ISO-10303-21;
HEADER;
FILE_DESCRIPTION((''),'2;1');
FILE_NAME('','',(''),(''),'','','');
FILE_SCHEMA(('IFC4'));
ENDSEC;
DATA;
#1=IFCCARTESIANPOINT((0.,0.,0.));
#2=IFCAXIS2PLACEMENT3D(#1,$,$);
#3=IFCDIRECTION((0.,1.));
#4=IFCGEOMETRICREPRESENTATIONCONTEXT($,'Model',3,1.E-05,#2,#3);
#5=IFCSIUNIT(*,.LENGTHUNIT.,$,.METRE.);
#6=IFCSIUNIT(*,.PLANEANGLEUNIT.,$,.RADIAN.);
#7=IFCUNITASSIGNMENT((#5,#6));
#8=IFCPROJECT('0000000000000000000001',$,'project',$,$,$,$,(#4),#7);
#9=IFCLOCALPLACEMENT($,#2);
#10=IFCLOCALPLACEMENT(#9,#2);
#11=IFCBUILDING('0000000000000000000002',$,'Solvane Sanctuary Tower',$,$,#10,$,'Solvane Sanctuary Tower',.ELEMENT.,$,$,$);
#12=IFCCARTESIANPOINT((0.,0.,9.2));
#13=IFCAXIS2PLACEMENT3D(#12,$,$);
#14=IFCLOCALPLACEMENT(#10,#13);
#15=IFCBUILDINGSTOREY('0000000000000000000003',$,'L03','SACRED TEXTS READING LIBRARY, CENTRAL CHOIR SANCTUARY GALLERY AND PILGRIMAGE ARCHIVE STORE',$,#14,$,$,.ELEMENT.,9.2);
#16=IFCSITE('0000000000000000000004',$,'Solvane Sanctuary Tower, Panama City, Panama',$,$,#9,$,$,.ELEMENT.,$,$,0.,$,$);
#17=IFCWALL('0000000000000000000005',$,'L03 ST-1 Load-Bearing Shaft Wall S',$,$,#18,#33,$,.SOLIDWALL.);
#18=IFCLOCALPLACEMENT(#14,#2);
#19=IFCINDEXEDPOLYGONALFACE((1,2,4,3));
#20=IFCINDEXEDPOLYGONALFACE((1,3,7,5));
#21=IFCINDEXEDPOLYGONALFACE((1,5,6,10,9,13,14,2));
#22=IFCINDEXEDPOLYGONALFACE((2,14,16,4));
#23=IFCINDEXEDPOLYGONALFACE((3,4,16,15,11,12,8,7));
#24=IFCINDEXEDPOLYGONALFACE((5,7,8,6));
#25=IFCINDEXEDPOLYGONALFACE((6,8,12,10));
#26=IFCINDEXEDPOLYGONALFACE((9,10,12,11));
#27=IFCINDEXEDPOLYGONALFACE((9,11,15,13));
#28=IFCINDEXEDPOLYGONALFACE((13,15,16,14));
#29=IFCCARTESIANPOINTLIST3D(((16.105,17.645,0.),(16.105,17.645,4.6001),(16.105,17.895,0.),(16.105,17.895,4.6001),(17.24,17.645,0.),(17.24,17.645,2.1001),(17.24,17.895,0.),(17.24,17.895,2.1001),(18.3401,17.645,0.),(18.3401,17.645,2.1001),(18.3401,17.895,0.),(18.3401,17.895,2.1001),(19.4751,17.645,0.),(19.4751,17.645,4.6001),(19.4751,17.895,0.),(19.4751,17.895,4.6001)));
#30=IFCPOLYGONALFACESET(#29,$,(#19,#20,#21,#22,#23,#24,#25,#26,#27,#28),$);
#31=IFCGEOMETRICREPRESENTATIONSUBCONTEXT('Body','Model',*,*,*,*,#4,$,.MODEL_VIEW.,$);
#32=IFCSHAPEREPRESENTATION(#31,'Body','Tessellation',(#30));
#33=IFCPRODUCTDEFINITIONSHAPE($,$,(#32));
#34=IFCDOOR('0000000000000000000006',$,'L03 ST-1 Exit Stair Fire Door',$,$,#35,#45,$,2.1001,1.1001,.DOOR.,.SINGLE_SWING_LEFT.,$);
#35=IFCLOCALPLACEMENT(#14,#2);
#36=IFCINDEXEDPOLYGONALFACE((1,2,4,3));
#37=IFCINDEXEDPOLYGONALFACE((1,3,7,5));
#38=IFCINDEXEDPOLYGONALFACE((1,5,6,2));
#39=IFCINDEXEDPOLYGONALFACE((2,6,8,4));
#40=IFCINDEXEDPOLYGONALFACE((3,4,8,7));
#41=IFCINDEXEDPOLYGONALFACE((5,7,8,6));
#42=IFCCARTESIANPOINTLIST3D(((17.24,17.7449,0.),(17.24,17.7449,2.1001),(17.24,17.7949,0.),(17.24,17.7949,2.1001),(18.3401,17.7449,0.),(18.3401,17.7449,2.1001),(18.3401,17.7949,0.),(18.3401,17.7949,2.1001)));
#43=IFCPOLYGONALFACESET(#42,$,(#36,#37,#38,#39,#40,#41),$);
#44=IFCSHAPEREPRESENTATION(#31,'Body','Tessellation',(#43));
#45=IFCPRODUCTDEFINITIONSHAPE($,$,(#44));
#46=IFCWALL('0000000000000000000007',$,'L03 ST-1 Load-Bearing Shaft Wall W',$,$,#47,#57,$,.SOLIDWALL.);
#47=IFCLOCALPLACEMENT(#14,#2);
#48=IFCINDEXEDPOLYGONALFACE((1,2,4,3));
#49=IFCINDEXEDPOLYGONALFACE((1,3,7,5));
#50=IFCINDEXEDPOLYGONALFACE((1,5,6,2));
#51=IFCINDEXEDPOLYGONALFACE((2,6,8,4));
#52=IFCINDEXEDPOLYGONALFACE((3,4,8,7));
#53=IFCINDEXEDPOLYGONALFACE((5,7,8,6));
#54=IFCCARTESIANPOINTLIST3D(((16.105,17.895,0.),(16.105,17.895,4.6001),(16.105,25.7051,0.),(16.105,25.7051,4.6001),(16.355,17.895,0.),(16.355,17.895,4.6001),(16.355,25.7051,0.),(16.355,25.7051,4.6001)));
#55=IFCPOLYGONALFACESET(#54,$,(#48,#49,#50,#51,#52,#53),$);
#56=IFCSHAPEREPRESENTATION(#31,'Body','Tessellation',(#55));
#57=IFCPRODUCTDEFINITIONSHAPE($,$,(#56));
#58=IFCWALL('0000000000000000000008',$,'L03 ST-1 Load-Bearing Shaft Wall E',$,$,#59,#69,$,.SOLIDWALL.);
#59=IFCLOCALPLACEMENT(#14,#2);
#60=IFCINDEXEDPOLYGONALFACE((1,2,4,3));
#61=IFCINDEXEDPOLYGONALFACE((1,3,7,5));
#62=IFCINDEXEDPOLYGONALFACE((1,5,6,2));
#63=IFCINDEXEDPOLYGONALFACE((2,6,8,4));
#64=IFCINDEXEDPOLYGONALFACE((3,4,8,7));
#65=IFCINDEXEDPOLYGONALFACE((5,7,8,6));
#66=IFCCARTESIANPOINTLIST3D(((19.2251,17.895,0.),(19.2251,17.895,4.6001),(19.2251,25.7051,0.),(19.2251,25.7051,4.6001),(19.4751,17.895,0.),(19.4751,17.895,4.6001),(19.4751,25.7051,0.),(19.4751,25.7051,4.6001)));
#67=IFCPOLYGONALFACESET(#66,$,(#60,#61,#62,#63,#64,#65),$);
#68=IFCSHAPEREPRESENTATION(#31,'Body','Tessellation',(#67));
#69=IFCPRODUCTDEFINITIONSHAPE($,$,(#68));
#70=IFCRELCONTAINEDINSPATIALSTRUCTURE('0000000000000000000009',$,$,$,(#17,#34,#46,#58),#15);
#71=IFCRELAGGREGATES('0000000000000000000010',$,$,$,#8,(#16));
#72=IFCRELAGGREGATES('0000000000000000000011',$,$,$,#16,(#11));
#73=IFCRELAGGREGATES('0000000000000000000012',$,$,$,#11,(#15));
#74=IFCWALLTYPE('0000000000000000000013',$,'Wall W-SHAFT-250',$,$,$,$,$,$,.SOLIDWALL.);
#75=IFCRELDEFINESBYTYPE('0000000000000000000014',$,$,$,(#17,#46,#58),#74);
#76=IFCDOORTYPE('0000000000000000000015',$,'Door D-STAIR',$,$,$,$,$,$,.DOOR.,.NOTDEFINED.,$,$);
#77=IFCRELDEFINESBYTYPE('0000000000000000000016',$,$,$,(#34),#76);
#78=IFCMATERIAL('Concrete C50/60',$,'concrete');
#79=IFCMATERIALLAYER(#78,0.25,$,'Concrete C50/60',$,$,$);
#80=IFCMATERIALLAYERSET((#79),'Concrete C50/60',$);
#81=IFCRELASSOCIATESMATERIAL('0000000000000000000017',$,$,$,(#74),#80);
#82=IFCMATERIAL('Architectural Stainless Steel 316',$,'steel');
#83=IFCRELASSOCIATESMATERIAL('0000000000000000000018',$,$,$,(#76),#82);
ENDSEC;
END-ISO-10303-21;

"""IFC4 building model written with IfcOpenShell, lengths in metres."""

from ifc_helpers import new_model, si_unit, direction, frame, frame_2d, origin, place, context, subcontext, project, spatial, rectangle, extrude, material, layer, layer_set, type_object, element, fill, save


model = new_model("IFC4")

# Units and contexts
model_context = context("Model", 3, precision=1e-05, world=origin(), true_north=direction((0.0, 1.0)))
body_context = subcontext(model_context, "Body", "Model", "MODEL_VIEW")
ifc_project = project(units=[si_unit("LENGTHUNIT", "METRE"), si_unit("PLANEANGLEUNIT", "RADIAN")], contexts=[model_context])

# Site, building, storey
site_placement = place(None, origin())
site = spatial("IfcSite", under=ifc_project, at=site_placement, Name="Solvane Sanctuary Tower, Panama City, Panama", CompositionType="ELEMENT", RefElevation=0.0)
building_placement = place(site_placement, origin())
building = spatial("IfcBuilding", under=site, at=building_placement, Name="Solvane Sanctuary Tower", LongName="Solvane Sanctuary Tower", CompositionType="ELEMENT")
storey_placement = place(building_placement, frame((0.0, 0.0, 9.2)))
storey = spatial("IfcBuildingStorey", under=building, at=storey_placement, Name="L03", Description="SACRED TEXTS READING LIBRARY, CENTRAL CHOIR SANCTUARY GALLERY AND PILGRIMAGE ARCHIVE STORE", CompositionType="ELEMENT", Elevation=9.2)

# Shared definitions
ifc_material_1 = material(Name="Concrete C50/60", Category="concrete")
ifc_material_2 = material(Name="Architectural Stainless Steel 316", Category="steel")

# Wall, opening, door
ifc_layer_1 = layer(ifc_material_1, 0.25, Name="Concrete C50/60")
ifc_layer_set_1 = layer_set([ifc_layer_1], Name="Concrete C50/60")
wall_type_1 = type_object("IfcWallType", Name="Wall W-SHAFT-250", PredefinedType="SOLIDWALL", material=ifc_layer_set_1)
wall_1_placement = place(storey_placement, frame((16.105, 17.77, 0.0), z_axis=(0.0, 0.0, 1.0), x_axis=(1.0, 0.0, 0.0)))
wall_1 = element("IfcWall", 1, at=wall_1_placement, inside=storey, type_object=wall_type_1, Name="L03 ST-1 Load-Bearing Shaft Wall S", PredefinedType="SOLIDWALL", context=body_context, shape_type="SweptSolid", body=[
    extrude(rectangle(XDim=3.3701, YDim=0.25, at=frame_2d((1.6851, 0.0))), origin(), (0.0, 0.0, 1.0), 4.6001),
])
opening_1_placement = place(wall_1_placement, frame((1.135, 0.0, 0.0)))
opening_1 = element("IfcOpeningElement", 2, at=opening_1_placement, cuts=wall_1, PredefinedType="OPENING", context=body_context, shape_type="SweptSolid", body=[
    extrude(rectangle(XDim=1.1001, YDim=2.1001, at=frame_2d((0.55, 1.05))), frame((0.0, 0.135, 0.0), z_axis=(0.0, -1.0, 0.0), x_axis=(1.0, 0.0, 0.0)), (0.0, 0.0, 1.0), 0.27),
])
door_type_1 = type_object("IfcDoorType", Name="Door D-STAIR", OperationType="NOTDEFINED", PredefinedType="DOOR", material=ifc_material_2)
door_1_placement = place(opening_1_placement, origin())
door_1 = element("IfcDoor", 3, at=door_1_placement, inside=storey, type_object=door_type_1, Name="L03 ST-1 Exit Stair Fire Door", OperationType="SINGLE_SWING_LEFT", OverallHeight=2.1001, OverallWidth=1.1001, PredefinedType="DOOR", context=body_context, shape_type="SweptSolid", body=[
    extrude(rectangle(XDim=1.1001, YDim=2.1001, at=frame_2d((0.55, 1.05))), frame((0.0, 0.0249, 0.0), z_axis=(0.0, -1.0, 0.0), x_axis=(1.0, 0.0, 0.0)), (0.0, 0.0, 1.0), 0.05),
])
fill(opening_1, door_1)

# Walls
for number, where, z_axis, x_axis, name in (
    (4, (16.23, 17.895, 0.0), (0.0, 0.0, 1.0), (0.0, 1.0, 0.0), "L03 ST-1 Load-Bearing Shaft Wall W"),
    (5, (19.3501, 17.895, 0.0), (0.0, 0.0, 1.0), (0.0, 1.0, 0.0), "L03 ST-1 Load-Bearing Shaft Wall E"),
):
    element("IfcWall", number, at=place(storey_placement, frame(where, z_axis=z_axis, x_axis=x_axis)), inside=storey, type_object=wall_type_1, Name=name, PredefinedType="SOLIDWALL", context=body_context, shape_type="SweptSolid", body=[
        extrude(rectangle(XDim=7.8101, YDim=0.25, at=frame_2d((3.905, 0.0))), origin(), (0.0, 0.0, 1.0), 4.6001),
    ])

save(model, "model.ifc")
